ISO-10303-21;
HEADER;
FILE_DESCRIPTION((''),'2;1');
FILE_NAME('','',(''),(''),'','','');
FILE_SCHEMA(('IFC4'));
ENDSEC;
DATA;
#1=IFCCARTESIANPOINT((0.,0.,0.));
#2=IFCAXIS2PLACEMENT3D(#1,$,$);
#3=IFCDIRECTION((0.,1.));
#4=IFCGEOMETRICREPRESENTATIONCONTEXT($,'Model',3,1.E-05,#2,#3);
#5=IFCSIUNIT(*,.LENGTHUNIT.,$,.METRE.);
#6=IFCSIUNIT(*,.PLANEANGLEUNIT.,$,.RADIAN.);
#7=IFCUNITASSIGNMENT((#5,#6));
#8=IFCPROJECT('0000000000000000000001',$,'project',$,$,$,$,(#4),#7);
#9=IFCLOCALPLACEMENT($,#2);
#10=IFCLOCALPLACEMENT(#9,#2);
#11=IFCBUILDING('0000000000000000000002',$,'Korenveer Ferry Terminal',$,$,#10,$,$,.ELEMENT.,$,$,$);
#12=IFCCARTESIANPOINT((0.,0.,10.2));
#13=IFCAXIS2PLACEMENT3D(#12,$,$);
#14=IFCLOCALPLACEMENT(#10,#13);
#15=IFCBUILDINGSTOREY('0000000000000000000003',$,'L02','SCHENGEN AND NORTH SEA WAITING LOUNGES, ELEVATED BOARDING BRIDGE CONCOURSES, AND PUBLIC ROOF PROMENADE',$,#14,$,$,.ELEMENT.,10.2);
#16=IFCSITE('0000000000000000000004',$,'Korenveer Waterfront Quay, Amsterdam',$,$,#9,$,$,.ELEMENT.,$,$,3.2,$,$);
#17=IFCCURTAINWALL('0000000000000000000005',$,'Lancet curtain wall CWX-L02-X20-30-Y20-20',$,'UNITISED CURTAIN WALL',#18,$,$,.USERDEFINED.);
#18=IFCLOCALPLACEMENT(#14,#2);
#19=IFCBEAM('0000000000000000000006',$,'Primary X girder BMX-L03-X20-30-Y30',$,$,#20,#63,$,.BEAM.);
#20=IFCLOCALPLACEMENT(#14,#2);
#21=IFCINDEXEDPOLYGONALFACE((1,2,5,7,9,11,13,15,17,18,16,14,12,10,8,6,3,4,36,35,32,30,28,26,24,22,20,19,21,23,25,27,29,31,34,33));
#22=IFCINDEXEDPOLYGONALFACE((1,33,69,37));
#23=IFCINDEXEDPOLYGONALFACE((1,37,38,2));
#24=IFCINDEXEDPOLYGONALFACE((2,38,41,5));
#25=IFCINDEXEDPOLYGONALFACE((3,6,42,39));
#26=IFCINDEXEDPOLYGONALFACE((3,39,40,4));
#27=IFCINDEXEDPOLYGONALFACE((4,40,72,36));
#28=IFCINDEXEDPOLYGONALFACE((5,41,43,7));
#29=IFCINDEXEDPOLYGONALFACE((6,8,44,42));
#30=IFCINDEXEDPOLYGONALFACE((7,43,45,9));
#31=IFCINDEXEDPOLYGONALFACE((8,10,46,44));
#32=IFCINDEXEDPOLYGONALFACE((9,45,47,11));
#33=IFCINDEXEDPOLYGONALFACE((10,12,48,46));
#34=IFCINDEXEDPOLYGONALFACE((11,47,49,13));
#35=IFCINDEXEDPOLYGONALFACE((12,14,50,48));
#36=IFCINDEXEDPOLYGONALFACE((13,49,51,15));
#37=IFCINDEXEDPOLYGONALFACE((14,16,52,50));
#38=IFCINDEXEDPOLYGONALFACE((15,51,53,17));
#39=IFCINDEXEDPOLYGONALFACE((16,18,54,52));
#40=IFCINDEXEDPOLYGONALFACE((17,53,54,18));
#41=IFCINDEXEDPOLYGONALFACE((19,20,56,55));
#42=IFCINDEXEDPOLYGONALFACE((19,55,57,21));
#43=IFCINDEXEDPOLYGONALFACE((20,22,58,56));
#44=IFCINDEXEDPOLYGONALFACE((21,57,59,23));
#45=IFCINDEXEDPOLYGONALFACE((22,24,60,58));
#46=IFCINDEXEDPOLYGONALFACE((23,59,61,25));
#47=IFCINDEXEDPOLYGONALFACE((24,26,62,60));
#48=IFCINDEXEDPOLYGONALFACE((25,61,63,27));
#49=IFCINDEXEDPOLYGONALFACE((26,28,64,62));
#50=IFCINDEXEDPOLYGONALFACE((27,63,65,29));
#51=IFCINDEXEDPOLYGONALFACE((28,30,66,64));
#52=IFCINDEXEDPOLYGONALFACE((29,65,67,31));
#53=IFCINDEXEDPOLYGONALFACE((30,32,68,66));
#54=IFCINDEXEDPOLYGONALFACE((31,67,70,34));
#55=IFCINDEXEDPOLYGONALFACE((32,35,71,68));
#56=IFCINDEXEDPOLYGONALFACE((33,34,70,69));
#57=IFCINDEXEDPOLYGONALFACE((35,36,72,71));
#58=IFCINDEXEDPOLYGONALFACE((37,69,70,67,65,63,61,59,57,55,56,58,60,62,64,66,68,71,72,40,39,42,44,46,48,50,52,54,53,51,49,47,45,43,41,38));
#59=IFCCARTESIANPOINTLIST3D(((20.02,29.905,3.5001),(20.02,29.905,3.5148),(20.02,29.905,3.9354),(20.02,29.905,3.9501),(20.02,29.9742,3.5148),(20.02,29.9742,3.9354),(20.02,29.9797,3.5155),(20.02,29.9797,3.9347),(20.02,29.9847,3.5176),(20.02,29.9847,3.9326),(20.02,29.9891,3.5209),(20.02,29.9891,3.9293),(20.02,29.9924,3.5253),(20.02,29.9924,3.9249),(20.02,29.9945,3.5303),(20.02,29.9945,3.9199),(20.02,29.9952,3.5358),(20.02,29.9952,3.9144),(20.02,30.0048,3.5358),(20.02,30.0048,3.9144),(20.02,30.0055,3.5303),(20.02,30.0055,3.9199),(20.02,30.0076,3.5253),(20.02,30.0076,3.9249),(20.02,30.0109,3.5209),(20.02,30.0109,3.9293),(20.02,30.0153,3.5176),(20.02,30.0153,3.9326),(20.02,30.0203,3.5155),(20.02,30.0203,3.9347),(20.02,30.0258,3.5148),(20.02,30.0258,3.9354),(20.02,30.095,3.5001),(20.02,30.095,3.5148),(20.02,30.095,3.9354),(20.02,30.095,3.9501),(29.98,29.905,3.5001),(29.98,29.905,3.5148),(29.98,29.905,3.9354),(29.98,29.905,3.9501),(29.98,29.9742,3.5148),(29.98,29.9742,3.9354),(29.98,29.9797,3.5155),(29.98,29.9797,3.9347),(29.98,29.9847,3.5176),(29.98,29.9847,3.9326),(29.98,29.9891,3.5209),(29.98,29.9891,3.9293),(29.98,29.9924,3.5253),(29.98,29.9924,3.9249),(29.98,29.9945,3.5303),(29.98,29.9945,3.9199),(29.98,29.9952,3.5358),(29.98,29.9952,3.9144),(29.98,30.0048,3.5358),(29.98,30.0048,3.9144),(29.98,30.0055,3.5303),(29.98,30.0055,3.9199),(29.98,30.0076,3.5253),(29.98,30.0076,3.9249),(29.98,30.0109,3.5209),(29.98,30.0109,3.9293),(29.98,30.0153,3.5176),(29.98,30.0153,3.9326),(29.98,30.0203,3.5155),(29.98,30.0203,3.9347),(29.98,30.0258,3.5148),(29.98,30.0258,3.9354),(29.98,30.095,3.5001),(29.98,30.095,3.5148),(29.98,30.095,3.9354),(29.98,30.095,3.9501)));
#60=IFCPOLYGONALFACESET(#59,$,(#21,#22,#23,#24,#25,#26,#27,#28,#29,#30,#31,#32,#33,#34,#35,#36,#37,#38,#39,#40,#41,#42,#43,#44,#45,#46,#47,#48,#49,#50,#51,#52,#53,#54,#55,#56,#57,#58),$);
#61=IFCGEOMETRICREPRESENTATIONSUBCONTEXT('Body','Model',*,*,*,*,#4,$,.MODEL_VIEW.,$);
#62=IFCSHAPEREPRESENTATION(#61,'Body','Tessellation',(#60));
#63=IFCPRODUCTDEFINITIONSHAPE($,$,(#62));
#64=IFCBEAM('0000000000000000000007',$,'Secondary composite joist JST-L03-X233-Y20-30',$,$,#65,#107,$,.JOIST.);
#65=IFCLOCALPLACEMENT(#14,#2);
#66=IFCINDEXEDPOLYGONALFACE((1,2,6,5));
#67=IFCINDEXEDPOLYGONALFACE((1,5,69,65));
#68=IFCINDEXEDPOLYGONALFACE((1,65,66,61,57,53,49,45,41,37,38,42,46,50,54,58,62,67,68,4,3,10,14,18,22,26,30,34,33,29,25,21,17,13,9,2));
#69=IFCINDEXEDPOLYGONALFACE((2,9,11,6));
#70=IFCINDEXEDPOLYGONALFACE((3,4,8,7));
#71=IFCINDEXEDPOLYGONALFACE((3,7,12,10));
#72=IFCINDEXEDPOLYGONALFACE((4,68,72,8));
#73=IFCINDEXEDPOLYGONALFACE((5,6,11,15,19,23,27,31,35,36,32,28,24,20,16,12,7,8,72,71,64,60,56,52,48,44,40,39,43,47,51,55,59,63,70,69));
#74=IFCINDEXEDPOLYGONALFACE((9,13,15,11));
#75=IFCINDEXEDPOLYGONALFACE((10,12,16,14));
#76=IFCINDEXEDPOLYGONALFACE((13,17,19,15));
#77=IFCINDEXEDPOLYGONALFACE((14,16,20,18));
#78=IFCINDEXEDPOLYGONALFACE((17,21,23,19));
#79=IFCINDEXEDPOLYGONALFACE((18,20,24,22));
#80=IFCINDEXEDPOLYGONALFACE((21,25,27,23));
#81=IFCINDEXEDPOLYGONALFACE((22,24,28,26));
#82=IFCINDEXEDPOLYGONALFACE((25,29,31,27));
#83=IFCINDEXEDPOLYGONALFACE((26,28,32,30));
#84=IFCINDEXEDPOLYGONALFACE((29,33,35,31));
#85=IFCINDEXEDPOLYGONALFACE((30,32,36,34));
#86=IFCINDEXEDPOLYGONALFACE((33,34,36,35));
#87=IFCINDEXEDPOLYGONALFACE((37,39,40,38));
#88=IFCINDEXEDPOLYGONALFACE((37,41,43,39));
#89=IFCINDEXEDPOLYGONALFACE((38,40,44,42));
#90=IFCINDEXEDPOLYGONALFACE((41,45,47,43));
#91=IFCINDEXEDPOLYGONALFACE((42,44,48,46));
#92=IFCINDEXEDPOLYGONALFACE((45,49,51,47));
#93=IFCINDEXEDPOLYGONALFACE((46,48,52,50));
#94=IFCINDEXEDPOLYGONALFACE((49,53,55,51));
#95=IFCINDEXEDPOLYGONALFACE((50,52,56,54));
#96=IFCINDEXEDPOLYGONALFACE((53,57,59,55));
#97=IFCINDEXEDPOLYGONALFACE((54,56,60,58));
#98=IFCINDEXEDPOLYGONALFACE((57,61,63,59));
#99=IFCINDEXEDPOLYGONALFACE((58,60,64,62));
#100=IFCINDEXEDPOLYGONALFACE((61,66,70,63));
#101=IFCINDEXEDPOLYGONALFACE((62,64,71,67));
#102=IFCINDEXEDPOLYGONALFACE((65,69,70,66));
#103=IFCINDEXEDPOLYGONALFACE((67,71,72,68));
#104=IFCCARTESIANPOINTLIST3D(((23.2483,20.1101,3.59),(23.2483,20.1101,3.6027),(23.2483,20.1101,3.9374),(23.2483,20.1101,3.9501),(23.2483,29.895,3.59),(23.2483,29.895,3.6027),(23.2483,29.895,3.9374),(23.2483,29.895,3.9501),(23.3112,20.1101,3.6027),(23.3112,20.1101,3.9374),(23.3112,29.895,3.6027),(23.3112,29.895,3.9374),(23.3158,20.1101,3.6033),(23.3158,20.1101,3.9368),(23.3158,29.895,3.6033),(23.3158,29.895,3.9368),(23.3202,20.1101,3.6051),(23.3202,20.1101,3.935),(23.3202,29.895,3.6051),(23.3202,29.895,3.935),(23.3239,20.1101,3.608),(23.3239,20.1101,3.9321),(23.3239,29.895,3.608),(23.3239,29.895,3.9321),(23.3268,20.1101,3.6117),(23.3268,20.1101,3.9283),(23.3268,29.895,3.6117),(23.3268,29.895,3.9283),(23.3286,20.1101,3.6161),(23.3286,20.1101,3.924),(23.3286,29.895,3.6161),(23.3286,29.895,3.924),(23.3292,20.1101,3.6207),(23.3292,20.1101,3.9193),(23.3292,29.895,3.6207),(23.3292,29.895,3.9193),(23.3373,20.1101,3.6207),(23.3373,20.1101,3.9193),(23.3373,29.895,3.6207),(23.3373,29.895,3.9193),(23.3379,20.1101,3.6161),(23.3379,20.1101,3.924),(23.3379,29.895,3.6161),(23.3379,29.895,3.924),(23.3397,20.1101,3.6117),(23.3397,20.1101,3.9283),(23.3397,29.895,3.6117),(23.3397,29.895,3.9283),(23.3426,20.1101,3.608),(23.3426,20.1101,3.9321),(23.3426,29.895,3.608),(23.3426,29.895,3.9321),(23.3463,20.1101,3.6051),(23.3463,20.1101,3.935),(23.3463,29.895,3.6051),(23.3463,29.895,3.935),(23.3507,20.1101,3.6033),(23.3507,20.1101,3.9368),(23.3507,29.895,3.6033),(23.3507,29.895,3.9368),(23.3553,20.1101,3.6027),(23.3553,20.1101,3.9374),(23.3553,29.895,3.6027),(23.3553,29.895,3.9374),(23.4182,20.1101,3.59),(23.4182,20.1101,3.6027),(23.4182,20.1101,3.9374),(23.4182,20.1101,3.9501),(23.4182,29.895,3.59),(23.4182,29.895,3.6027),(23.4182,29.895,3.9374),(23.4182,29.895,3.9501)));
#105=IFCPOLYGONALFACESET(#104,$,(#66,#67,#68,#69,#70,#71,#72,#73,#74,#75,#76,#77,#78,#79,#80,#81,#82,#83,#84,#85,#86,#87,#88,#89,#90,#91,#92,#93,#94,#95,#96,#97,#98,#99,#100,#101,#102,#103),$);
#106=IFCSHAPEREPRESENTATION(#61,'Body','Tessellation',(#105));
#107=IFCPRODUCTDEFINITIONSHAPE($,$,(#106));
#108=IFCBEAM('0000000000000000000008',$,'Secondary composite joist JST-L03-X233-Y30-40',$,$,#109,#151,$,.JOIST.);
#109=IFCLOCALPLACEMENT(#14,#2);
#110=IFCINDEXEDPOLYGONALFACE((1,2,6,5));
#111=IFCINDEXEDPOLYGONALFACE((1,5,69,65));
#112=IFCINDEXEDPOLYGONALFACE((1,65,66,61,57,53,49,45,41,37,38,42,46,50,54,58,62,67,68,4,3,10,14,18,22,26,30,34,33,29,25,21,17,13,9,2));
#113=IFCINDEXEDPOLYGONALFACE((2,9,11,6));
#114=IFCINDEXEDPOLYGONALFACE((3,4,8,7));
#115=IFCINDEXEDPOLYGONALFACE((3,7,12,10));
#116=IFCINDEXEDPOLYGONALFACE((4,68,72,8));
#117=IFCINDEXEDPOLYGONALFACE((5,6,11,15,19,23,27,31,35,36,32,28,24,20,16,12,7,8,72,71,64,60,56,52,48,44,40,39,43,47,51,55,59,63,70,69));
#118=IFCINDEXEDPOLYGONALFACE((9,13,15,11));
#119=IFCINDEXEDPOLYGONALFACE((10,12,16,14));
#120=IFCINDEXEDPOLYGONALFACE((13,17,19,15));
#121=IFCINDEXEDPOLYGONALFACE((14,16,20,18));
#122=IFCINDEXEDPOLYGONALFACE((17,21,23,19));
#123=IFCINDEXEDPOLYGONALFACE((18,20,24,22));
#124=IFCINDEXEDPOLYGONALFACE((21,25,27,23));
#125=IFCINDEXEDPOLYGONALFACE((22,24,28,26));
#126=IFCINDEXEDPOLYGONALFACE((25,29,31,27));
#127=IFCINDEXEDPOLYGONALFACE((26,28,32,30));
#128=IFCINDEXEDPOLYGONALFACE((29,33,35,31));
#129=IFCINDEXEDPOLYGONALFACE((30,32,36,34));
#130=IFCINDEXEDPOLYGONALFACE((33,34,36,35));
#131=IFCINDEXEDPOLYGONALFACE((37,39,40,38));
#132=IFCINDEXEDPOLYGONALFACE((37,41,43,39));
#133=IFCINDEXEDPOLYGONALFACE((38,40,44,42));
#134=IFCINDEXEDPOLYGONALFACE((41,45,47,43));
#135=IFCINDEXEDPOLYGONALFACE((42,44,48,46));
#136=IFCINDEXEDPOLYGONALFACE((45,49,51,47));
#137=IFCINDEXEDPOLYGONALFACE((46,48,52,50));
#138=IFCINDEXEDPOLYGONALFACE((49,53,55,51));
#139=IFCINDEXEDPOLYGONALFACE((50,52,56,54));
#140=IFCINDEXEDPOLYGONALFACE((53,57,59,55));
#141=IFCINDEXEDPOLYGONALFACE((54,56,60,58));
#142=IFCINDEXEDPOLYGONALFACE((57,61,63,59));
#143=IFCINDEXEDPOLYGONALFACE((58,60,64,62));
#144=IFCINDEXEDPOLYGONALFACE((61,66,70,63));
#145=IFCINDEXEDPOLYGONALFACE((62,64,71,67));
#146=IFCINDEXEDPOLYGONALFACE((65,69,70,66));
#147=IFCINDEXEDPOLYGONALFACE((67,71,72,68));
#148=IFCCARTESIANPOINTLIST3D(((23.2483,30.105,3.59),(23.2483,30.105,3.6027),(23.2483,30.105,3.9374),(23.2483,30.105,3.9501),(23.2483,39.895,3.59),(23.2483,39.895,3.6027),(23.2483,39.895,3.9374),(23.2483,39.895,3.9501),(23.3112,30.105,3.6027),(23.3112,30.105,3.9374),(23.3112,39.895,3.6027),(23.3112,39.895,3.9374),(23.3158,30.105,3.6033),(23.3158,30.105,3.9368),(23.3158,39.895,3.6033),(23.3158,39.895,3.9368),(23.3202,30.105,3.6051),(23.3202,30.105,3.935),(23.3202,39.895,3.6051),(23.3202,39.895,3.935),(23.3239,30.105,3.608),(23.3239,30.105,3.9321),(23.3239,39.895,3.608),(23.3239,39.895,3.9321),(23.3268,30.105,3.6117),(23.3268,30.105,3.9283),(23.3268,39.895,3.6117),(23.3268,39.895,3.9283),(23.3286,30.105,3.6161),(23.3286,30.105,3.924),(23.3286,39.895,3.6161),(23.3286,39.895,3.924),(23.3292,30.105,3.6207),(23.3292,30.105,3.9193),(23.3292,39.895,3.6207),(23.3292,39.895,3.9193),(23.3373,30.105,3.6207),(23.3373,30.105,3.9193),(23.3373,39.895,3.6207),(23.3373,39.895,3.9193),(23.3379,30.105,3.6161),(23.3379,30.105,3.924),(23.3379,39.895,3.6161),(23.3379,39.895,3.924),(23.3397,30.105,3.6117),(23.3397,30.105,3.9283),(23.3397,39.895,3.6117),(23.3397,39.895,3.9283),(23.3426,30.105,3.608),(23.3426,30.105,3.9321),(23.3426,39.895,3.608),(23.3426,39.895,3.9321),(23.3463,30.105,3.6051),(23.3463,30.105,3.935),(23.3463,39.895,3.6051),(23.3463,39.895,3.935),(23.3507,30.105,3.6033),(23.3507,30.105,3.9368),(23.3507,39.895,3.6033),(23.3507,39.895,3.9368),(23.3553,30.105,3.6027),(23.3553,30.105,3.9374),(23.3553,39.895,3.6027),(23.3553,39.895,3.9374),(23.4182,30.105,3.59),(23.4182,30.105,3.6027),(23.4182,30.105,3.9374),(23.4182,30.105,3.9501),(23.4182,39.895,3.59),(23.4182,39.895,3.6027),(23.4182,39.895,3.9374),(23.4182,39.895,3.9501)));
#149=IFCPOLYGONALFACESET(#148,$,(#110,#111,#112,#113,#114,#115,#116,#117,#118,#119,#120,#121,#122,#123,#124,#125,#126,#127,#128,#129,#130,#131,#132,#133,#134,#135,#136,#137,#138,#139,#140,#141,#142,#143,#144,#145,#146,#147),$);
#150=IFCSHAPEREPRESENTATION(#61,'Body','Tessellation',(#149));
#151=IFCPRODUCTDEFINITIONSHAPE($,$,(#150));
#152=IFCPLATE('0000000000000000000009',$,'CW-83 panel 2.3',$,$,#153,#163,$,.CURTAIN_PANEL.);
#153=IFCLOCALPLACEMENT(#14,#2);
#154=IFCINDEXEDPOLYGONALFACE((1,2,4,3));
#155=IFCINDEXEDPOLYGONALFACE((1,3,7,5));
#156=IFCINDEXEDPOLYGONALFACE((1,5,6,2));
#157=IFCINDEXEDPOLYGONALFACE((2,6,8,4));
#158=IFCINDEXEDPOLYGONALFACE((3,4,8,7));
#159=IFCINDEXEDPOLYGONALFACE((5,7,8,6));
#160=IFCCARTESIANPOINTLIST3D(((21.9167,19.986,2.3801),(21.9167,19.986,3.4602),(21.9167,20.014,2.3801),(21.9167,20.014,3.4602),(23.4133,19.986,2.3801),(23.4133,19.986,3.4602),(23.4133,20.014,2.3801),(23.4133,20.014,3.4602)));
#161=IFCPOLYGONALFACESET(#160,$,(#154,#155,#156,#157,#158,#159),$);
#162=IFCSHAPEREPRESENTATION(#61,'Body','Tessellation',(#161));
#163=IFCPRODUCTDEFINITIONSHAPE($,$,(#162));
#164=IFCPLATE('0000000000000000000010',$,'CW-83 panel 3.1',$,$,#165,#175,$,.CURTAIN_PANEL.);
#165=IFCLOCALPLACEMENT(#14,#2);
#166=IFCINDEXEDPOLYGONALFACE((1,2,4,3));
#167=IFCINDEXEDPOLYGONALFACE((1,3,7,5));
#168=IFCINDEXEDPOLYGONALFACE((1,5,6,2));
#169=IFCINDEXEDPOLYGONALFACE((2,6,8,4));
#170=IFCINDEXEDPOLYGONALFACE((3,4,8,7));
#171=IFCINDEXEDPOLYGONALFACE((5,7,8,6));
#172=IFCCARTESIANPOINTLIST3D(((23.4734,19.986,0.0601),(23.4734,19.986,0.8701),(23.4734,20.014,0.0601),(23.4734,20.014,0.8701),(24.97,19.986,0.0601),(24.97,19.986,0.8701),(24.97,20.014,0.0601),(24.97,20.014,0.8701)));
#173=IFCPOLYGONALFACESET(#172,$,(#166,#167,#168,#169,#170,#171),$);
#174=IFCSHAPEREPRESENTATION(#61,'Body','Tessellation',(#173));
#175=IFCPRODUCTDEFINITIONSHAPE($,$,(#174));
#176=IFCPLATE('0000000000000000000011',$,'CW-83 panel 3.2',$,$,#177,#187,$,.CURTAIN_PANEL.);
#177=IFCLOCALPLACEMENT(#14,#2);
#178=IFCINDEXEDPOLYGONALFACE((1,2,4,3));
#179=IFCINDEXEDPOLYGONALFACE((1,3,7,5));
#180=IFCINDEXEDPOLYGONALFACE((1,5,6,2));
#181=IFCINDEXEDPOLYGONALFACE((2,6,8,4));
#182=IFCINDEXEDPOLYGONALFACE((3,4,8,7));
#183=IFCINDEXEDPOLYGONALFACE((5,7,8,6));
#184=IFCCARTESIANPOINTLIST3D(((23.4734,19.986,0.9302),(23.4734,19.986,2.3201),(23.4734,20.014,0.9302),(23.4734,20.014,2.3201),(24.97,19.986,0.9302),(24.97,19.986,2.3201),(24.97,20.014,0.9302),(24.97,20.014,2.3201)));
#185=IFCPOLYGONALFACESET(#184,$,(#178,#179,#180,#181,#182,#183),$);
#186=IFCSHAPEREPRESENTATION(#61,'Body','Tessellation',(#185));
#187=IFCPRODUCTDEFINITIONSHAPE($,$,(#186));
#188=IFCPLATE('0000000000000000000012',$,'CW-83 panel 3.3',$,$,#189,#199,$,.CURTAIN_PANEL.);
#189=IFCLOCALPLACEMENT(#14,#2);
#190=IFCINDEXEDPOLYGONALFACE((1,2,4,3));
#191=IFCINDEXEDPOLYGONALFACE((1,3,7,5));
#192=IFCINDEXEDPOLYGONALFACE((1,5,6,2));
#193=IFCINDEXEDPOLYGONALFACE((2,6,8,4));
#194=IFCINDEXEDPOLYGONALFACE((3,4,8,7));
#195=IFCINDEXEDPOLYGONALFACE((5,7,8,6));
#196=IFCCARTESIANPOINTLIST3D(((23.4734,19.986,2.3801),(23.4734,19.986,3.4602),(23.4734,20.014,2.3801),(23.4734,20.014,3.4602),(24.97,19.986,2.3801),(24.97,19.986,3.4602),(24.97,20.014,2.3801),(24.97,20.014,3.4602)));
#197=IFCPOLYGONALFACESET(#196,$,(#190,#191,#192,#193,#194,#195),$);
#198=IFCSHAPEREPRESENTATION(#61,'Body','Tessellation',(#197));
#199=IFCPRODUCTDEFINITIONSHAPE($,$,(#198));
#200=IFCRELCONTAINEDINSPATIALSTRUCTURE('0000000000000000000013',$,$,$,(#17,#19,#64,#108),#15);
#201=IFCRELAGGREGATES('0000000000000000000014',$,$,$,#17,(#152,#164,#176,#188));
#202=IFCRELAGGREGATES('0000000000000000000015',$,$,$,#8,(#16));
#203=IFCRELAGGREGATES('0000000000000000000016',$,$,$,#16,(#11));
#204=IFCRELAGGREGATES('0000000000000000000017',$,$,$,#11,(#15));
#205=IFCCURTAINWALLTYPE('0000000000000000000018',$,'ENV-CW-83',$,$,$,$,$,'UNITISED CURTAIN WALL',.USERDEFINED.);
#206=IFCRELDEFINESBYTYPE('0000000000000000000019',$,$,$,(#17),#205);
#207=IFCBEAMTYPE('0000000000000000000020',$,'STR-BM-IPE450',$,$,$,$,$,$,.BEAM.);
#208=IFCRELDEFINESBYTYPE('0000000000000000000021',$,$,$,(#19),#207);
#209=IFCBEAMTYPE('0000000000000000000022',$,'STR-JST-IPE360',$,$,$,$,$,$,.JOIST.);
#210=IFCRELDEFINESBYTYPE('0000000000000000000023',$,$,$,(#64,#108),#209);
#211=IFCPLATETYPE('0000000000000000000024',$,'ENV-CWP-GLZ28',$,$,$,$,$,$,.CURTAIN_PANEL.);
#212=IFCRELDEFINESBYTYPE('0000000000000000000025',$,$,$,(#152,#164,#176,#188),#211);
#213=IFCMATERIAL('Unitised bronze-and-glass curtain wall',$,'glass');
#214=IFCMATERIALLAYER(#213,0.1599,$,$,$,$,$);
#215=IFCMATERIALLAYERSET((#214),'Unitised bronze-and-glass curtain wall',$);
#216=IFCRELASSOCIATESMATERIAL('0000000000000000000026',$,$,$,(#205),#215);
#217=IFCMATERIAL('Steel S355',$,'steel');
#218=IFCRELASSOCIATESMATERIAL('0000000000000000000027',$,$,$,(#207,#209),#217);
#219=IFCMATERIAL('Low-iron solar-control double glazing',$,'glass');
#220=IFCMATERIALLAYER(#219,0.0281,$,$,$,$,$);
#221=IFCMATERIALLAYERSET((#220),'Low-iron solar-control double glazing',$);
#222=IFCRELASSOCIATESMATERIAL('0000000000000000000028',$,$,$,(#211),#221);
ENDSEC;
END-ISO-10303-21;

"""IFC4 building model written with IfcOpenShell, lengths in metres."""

from ifc_helpers import new_model, si_unit, direction, frame, origin, origin_2d, place, context, subcontext, project, spatial, rectangle, i_section, extrude, material, layer, layer_set, material_profile, profile_set, type_object, element, aggregate, save


model = new_model("IFC4")

# Units and contexts
model_context = context("Model", 3, precision=1e-05, world=origin(), true_north=direction((0.0, 1.0)))
body_context = subcontext(model_context, "Body", "Model", "MODEL_VIEW")
ifc_project = project(units=[si_unit("LENGTHUNIT", "METRE"), si_unit("PLANEANGLEUNIT", "RADIAN")], contexts=[model_context])

# Site, building, storey
site_placement = place(None, origin())
site = spatial("IfcSite", under=ifc_project, at=site_placement, Name="Korenveer Waterfront Quay, Amsterdam", CompositionType="ELEMENT", RefElevation=3.2)
building_placement = place(site_placement, origin())
building = spatial("IfcBuilding", under=site, at=building_placement, Name="Korenveer Ferry Terminal", CompositionType="ELEMENT")
storey_placement = place(building_placement, frame((0.0, 0.0, 10.2)))
storey = spatial("IfcBuildingStorey", under=building, at=storey_placement, Name="L02", Description="SCHENGEN AND NORTH SEA WAITING LOUNGES, ELEVATED BOARDING BRIDGE CONCOURSES, AND PUBLIC ROOF PROMENADE", CompositionType="ELEMENT", Elevation=10.2)

# Curtain wall
ifc_material_1 = material(Name="Unitised bronze-and-glass curtain wall", Category="glass")
ifc_layer_1 = layer(ifc_material_1, 0.1599)
ifc_layer_set_1 = layer_set([ifc_layer_1], Name="Unitised bronze-and-glass curtain wall")
curtain_wall_type = type_object("IfcCurtainWallType", Name="ENV-CW-83", ElementType="UNITISED CURTAIN WALL", PredefinedType="USERDEFINED", material=ifc_layer_set_1)
curtain_wall_placement = place(storey_placement, frame((20.3301, 20.0, 0.0)))
curtain_wall = element("IfcCurtainWall", 1, at=curtain_wall_placement, inside=storey, type_object=curtain_wall_type, Name="Lancet curtain wall CWX-L02-X20-30-Y20-20", ObjectType="UNITISED CURTAIN WALL", PredefinedType="USERDEFINED")

# Beams
ifc_material_2 = material(Name="Steel S355", Category="steel")
ifc_material_profile_1 = material_profile(ifc_material_2, i_section(OverallWidth=0.1899, OverallDepth=0.45, WebThickness=0.0095, FlangeThickness=0.0146, FilletRadius=0.021, at=origin_2d()), Name="IPE 450")
ifc_profile_set_1 = profile_set([ifc_material_profile_1], Name="Steel S355")
beam_type_1 = type_object("IfcBeamType", Name="STR-BM-IPE450", PredefinedType="BEAM", material=ifc_profile_set_1)
beam_1_placement = place(storey_placement, frame((20.02, 30.0, 3.7251), z_axis=(1.0, 0.0, 0.0), x_axis=(0.0, 1.0, 0.0)))
element("IfcBeam", 2, at=beam_1_placement, inside=storey, type_object=beam_type_1, Name="Primary X girder BMX-L03-X20-30-Y30", PredefinedType="BEAM", context=body_context, shape_type="SweptSolid", body=[
    extrude(i_section(OverallWidth=0.1899, OverallDepth=0.45, WebThickness=0.0095, FlangeThickness=0.0146, FilletRadius=0.021, at=origin_2d()), origin(), (0.0, 0.0, 1.0), 9.96),
])
ifc_material_profile_2 = material_profile(ifc_material_2, i_section(OverallWidth=0.1699, OverallDepth=0.3601, WebThickness=0.0081, FlangeThickness=0.0127, FilletRadius=0.0181, at=origin_2d()), Name="IPE 360")
ifc_profile_set_2 = profile_set([ifc_material_profile_2], Name="Steel S355")
beam_type_2 = type_object("IfcBeamType", Name="STR-JST-IPE360", PredefinedType="JOIST", material=ifc_profile_set_2)
beam_2_placement = place(storey_placement, frame((23.3333, 20.1101, 3.77), z_axis=(0.0, 1.0, 0.0), x_axis=(-1.0, 0.0, 0.0)))
element("IfcBeam", 3, at=beam_2_placement, inside=storey, type_object=beam_type_2, Name="Secondary composite joist JST-L03-X233-Y20-30", PredefinedType="JOIST", context=body_context, shape_type="SweptSolid", body=[
    extrude(i_section(OverallWidth=0.1699, OverallDepth=0.3601, WebThickness=0.0081, FlangeThickness=0.0127, FilletRadius=0.0181, at=origin_2d()), origin(), (0.0, 0.0, 1.0), 9.7849),
])
beam_3_placement = place(storey_placement, frame((23.3333, 30.105, 3.77), z_axis=(0.0, 1.0, 0.0), x_axis=(-1.0, 0.0, 0.0)))
element("IfcBeam", 4, at=beam_3_placement, inside=storey, type_object=beam_type_2, Name="Secondary composite joist JST-L03-X233-Y30-40", PredefinedType="JOIST", context=body_context, shape_type="SweptSolid", body=[
    extrude(i_section(OverallWidth=0.1699, OverallDepth=0.3601, WebThickness=0.0081, FlangeThickness=0.0127, FilletRadius=0.0181, at=origin_2d()), origin(), (0.0, 0.0, 1.0), 9.79),
])

# Plates
ifc_material_3 = material(Name="Low-iron solar-control double glazing", Category="glass")
ifc_layer_2 = layer(ifc_material_3, 0.0281)
ifc_layer_set_2 = layer_set([ifc_layer_2], Name="Low-iron solar-control double glazing")
plate_type = type_object("IfcPlateType", Name="ENV-CWP-GLZ28", PredefinedType="CURTAIN_PANEL", material=ifc_layer_set_2)
plate_1_placement = place(storey_placement, frame((22.665, 20.0, 2.3801), z_axis=(0.0, 0.0, 1.0), x_axis=(1.0, 0.0, 0.0)))
plate_1 = element("IfcPlate", 5, at=plate_1_placement, type_object=plate_type, Name="CW-83 panel 2.3", PredefinedType="CURTAIN_PANEL", context=body_context, shape_type="SweptSolid", body=[
    extrude(rectangle(XDim=1.4966, YDim=0.0281, at=origin_2d()), origin(), (0.0, 0.0, 1.0), 1.0801),
])
plate_2_placement = place(storey_placement, frame((24.2217, 20.0, 0.0601), z_axis=(0.0, 0.0, 1.0), x_axis=(1.0, 0.0, 0.0)))
plate_2 = element("IfcPlate", 6, at=plate_2_placement, type_object=plate_type, Name="CW-83 panel 3.1", PredefinedType="CURTAIN_PANEL", context=body_context, shape_type="SweptSolid", body=[
    extrude(rectangle(XDim=1.4966, YDim=0.0281, at=origin_2d()), origin(), (0.0, 0.0, 1.0), 0.8101),
])
plate_3_placement = place(storey_placement, frame((24.2217, 20.0, 0.9302), z_axis=(0.0, 0.0, 1.0), x_axis=(1.0, 0.0, 0.0)))
plate_3 = element("IfcPlate", 7, at=plate_3_placement, type_object=plate_type, Name="CW-83 panel 3.2", PredefinedType="CURTAIN_PANEL", context=body_context, shape_type="SweptSolid", body=[
    extrude(rectangle(XDim=1.4966, YDim=0.0281, at=origin_2d()), origin(), (0.0, 0.0, 1.0), 1.3899),
])
plate_4_placement = place(storey_placement, frame((24.2217, 20.0, 2.3801), z_axis=(0.0, 0.0, 1.0), x_axis=(1.0, 0.0, 0.0)))
plate_4 = element("IfcPlate", 8, at=plate_4_placement, type_object=plate_type, Name="CW-83 panel 3.3", PredefinedType="CURTAIN_PANEL", context=body_context, shape_type="SweptSolid", body=[
    extrude(rectangle(XDim=1.4966, YDim=0.0281, at=origin_2d()), origin(), (0.0, 0.0, 1.0), 1.0801),
])
aggregate(curtain_wall, [plate_1, plate_2, plate_3, plate_4])

save(model, "model.ifc")
